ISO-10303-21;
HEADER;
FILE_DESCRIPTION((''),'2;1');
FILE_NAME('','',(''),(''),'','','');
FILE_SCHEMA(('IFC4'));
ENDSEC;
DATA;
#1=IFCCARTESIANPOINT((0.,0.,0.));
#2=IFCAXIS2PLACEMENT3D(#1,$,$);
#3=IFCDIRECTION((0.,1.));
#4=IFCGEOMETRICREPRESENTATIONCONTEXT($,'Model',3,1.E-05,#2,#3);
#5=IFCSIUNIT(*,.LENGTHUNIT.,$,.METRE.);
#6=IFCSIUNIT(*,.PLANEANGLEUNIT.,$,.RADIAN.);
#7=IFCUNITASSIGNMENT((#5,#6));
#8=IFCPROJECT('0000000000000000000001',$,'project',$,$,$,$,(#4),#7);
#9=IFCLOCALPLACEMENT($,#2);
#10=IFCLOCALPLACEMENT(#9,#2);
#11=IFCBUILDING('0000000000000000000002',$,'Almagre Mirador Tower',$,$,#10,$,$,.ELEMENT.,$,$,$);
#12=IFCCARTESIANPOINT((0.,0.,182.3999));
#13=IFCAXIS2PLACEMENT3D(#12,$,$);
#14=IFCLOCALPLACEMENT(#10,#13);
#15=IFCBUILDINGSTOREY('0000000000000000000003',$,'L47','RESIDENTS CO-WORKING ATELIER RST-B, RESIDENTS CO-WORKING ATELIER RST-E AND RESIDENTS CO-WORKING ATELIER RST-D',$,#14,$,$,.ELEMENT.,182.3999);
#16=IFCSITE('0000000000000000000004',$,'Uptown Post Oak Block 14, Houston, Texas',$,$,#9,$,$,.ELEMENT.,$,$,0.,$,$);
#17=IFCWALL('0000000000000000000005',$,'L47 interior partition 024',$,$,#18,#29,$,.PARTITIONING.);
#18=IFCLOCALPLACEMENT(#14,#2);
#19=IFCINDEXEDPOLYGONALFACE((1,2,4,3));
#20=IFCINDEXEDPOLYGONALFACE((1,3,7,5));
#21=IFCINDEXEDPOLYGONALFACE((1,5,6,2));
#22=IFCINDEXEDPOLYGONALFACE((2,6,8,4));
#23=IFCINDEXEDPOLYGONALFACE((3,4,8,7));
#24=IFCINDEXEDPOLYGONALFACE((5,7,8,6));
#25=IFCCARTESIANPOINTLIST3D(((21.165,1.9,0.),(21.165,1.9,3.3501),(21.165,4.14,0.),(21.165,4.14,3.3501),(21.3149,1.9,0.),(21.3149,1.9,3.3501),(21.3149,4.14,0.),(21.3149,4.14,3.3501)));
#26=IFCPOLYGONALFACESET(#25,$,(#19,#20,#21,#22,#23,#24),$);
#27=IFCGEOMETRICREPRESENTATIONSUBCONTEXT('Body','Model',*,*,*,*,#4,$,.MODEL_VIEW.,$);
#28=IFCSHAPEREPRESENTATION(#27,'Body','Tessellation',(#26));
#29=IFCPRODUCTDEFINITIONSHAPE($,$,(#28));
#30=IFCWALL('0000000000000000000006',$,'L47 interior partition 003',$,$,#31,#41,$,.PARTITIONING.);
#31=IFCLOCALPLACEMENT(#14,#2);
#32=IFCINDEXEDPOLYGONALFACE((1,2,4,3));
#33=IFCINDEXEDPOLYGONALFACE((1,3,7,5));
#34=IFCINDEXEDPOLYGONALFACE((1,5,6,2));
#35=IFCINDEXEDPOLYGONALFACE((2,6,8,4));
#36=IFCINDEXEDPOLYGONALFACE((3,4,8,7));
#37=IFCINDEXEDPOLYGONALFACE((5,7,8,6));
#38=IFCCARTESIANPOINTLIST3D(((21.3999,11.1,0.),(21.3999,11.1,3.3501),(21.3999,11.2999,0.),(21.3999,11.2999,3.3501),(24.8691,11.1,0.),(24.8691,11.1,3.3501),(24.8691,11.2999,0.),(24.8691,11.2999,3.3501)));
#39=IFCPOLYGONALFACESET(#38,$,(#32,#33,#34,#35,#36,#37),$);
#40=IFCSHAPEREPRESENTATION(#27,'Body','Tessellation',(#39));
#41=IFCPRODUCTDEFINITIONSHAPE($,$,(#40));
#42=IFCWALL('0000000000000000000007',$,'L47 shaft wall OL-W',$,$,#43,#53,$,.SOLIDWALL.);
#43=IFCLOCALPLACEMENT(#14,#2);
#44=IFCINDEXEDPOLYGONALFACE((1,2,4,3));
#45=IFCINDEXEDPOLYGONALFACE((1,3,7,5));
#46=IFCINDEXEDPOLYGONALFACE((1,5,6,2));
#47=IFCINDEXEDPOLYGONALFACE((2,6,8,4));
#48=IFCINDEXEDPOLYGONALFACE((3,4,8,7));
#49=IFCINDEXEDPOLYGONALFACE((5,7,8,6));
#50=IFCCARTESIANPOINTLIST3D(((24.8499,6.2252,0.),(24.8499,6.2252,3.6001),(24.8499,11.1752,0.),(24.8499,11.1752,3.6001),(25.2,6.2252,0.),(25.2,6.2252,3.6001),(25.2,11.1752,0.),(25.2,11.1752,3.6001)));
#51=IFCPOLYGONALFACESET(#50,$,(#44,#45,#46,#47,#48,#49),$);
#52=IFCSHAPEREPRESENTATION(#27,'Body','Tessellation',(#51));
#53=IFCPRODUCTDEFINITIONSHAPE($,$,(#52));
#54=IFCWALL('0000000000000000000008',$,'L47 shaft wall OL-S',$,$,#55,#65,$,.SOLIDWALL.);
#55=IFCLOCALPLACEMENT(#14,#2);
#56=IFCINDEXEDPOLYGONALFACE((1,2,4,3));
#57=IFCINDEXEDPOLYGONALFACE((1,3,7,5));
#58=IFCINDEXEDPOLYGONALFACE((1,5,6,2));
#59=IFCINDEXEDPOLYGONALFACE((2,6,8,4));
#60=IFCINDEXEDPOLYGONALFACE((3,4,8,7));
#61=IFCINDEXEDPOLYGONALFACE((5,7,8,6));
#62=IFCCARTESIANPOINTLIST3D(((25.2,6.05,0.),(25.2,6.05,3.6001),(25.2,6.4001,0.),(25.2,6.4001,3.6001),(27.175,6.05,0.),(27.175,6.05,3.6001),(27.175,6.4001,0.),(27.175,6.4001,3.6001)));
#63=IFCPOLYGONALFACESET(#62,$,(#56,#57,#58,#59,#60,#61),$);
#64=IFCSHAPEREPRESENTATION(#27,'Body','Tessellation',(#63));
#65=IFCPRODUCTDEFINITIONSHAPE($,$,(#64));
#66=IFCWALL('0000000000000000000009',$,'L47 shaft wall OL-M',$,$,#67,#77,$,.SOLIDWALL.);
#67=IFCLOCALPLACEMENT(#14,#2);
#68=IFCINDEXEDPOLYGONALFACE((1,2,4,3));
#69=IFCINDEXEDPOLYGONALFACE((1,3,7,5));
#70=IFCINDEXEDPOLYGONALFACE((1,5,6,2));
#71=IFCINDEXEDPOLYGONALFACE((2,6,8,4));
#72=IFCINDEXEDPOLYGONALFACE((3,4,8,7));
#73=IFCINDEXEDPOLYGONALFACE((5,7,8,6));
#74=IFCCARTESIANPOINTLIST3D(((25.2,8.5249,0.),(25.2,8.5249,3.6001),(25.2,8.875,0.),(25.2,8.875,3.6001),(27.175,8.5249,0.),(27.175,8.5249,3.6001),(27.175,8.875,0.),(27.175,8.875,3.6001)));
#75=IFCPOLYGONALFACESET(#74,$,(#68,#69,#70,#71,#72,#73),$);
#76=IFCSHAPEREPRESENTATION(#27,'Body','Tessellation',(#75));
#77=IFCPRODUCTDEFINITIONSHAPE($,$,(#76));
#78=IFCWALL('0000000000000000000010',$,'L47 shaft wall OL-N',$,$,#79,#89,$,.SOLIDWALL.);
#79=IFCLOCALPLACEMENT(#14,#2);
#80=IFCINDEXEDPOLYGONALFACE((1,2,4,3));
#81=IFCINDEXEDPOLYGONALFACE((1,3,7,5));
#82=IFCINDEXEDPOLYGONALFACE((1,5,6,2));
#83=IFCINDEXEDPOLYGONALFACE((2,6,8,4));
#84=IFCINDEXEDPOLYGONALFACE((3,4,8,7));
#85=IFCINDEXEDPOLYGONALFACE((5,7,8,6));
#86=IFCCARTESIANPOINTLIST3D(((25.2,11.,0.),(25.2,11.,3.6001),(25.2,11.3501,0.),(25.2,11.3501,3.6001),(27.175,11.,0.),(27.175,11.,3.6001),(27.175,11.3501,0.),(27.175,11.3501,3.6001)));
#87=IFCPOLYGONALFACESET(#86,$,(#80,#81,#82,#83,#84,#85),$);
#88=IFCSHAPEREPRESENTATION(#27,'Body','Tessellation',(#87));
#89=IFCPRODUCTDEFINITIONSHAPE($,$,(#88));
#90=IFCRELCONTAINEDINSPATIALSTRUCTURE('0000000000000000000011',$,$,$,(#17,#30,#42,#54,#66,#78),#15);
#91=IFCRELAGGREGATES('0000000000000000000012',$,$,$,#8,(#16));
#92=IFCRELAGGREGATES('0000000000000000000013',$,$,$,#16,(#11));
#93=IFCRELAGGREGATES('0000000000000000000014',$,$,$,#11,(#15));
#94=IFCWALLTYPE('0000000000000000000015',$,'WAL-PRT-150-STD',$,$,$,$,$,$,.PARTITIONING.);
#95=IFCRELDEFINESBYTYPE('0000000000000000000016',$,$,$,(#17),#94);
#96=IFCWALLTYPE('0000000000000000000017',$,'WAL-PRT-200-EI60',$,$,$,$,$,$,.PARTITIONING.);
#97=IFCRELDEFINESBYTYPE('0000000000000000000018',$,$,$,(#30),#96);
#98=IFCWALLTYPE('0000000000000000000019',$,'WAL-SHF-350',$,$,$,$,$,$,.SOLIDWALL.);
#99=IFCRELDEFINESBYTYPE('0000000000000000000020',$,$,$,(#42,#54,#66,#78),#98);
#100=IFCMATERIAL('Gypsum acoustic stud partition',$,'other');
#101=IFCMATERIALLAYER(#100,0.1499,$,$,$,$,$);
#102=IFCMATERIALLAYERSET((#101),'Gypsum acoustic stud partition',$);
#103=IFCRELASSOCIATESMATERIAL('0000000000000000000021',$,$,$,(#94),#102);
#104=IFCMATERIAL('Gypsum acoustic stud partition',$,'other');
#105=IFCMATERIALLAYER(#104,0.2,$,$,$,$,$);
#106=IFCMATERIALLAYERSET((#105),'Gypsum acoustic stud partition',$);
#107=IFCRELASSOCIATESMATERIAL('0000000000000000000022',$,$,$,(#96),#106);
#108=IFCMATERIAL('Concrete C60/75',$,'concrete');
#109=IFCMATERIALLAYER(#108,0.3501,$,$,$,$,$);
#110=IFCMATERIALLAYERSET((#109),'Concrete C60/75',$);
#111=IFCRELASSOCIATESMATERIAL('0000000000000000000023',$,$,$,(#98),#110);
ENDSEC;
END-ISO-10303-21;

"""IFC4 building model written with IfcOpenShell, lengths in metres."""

from ifc_helpers import new_model, si_unit, direction, frame, frame_2d, origin, place, context, subcontext, project, spatial, rectangle, extrude, material, layer, layer_set, type_object, element, save


model = new_model("IFC4")

# Units and contexts
model_context = context("Model", 3, precision=1e-05, world=origin(), true_north=direction((0.0, 1.0)))
body_context = subcontext(model_context, "Body", "Model", "MODEL_VIEW")
ifc_project = project(units=[si_unit("LENGTHUNIT", "METRE"), si_unit("PLANEANGLEUNIT", "RADIAN")], contexts=[model_context])

# Site, building, storey
site_placement = place(None, origin())
site = spatial("IfcSite", under=ifc_project, at=site_placement, Name="Uptown Post Oak Block 14, Houston, Texas", CompositionType="ELEMENT", RefElevation=0.0)
building_placement = place(site_placement, origin())
building = spatial("IfcBuilding", under=site, at=building_placement, Name="Almagre Mirador Tower", CompositionType="ELEMENT")
storey_placement = place(building_placement, frame((0.0, 0.0, 182.3999)))
storey = spatial("IfcBuildingStorey", under=building, at=storey_placement, Name="L47", Description="RESIDENTS CO-WORKING ATELIER RST-B, RESIDENTS CO-WORKING ATELIER RST-E AND RESIDENTS CO-WORKING ATELIER RST-D", CompositionType="ELEMENT", Elevation=182.3999)

# Walls
ifc_material_1 = material(Name="Gypsum acoustic stud partition", Category="other")
ifc_layer_1 = layer(ifc_material_1, 0.1499)
ifc_layer_set_1 = layer_set([ifc_layer_1], Name="Gypsum acoustic stud partition")
wall_type_1 = type_object("IfcWallType", Name="WAL-PRT-150-STD", PredefinedType="PARTITIONING", material=ifc_layer_set_1)
wall_1_placement = place(storey_placement, frame((21.24, 1.8999, 0.0), z_axis=(0.0, 0.0, 1.0), x_axis=(0.0, 1.0, 0.0)))
element("IfcWall", 1, at=wall_1_placement, inside=storey, type_object=wall_type_1, Name="L47 interior partition 024", PredefinedType="PARTITIONING", context=body_context, shape_type="SweptSolid", body=[
    extrude(rectangle(XDim=2.24, YDim=0.1499, at=frame_2d((1.1201, 0.0))), origin(), (0.0, 0.0, 1.0), 3.3501),
])
ifc_material_2 = material(Name="Gypsum acoustic stud partition", Category="other")
ifc_layer_2 = layer(ifc_material_2, 0.2)
ifc_layer_set_2 = layer_set([ifc_layer_2], Name="Gypsum acoustic stud partition")
wall_type_2 = type_object("IfcWallType", Name="WAL-PRT-200-EI60", PredefinedType="PARTITIONING", material=ifc_layer_set_2)
wall_2_placement = place(storey_placement, frame((21.3999, 11.2, 0.0), z_axis=(0.0, 0.0, 1.0), x_axis=(1.0, 0.0, 0.0)))
element("IfcWall", 2, at=wall_2_placement, inside=storey, type_object=wall_type_2, Name="L47 interior partition 003", PredefinedType="PARTITIONING", context=body_context, shape_type="SweptSolid", body=[
    extrude(rectangle(XDim=3.4692, YDim=0.2, at=frame_2d((1.7346, 0.0))), origin(), (0.0, 0.0, 1.0), 3.3501),
])
ifc_material_3 = material(Name="Concrete C60/75", Category="concrete")
ifc_layer_3 = layer(ifc_material_3, 0.3501)
ifc_layer_set_3 = layer_set([ifc_layer_3], Name="Concrete C60/75")
wall_type_3 = type_object("IfcWallType", Name="WAL-SHF-350", PredefinedType="SOLIDWALL", material=ifc_layer_set_3)
wall_3_placement = place(storey_placement, frame((25.0249, 6.2251, 0.0), z_axis=(0.0, 0.0, 1.0), x_axis=(0.0, 1.0, 0.0)))
element("IfcWall", 3, at=wall_3_placement, inside=storey, type_object=wall_type_3, Name="L47 shaft wall OL-W", PredefinedType="SOLIDWALL", context=body_context, shape_type="SweptSolid", body=[
    extrude(rectangle(XDim=4.95, YDim=0.3501, at=frame_2d((2.4751, 0.0))), origin(), (0.0, 0.0, 1.0), 3.6001),
])
for number, where, z_axis, x_axis, name in (
    (4, (25.2, 6.2251, 0.0), (0.0, 0.0, 1.0), (1.0, 0.0, 0.0), "L47 shaft wall OL-S"),
    (5, (25.2, 8.7, 0.0), (0.0, 0.0, 1.0), (1.0, 0.0, 0.0), "L47 shaft wall OL-M"),
    (6, (25.2, 11.175, 0.0), (0.0, 0.0, 1.0), (1.0, 0.0, 0.0), "L47 shaft wall OL-N"),
):
    element("IfcWall", number, at=place(storey_placement, frame(where, z_axis=z_axis, x_axis=x_axis)), inside=storey, type_object=wall_type_3, Name=name, PredefinedType="SOLIDWALL", context=body_context, shape_type="SweptSolid", body=[
        extrude(rectangle(XDim=1.9751, YDim=0.3501, at=frame_2d((0.9875, 0.0))), origin(), (0.0, 0.0, 1.0), 3.6001),
    ])

save(model, "model.ifc")
